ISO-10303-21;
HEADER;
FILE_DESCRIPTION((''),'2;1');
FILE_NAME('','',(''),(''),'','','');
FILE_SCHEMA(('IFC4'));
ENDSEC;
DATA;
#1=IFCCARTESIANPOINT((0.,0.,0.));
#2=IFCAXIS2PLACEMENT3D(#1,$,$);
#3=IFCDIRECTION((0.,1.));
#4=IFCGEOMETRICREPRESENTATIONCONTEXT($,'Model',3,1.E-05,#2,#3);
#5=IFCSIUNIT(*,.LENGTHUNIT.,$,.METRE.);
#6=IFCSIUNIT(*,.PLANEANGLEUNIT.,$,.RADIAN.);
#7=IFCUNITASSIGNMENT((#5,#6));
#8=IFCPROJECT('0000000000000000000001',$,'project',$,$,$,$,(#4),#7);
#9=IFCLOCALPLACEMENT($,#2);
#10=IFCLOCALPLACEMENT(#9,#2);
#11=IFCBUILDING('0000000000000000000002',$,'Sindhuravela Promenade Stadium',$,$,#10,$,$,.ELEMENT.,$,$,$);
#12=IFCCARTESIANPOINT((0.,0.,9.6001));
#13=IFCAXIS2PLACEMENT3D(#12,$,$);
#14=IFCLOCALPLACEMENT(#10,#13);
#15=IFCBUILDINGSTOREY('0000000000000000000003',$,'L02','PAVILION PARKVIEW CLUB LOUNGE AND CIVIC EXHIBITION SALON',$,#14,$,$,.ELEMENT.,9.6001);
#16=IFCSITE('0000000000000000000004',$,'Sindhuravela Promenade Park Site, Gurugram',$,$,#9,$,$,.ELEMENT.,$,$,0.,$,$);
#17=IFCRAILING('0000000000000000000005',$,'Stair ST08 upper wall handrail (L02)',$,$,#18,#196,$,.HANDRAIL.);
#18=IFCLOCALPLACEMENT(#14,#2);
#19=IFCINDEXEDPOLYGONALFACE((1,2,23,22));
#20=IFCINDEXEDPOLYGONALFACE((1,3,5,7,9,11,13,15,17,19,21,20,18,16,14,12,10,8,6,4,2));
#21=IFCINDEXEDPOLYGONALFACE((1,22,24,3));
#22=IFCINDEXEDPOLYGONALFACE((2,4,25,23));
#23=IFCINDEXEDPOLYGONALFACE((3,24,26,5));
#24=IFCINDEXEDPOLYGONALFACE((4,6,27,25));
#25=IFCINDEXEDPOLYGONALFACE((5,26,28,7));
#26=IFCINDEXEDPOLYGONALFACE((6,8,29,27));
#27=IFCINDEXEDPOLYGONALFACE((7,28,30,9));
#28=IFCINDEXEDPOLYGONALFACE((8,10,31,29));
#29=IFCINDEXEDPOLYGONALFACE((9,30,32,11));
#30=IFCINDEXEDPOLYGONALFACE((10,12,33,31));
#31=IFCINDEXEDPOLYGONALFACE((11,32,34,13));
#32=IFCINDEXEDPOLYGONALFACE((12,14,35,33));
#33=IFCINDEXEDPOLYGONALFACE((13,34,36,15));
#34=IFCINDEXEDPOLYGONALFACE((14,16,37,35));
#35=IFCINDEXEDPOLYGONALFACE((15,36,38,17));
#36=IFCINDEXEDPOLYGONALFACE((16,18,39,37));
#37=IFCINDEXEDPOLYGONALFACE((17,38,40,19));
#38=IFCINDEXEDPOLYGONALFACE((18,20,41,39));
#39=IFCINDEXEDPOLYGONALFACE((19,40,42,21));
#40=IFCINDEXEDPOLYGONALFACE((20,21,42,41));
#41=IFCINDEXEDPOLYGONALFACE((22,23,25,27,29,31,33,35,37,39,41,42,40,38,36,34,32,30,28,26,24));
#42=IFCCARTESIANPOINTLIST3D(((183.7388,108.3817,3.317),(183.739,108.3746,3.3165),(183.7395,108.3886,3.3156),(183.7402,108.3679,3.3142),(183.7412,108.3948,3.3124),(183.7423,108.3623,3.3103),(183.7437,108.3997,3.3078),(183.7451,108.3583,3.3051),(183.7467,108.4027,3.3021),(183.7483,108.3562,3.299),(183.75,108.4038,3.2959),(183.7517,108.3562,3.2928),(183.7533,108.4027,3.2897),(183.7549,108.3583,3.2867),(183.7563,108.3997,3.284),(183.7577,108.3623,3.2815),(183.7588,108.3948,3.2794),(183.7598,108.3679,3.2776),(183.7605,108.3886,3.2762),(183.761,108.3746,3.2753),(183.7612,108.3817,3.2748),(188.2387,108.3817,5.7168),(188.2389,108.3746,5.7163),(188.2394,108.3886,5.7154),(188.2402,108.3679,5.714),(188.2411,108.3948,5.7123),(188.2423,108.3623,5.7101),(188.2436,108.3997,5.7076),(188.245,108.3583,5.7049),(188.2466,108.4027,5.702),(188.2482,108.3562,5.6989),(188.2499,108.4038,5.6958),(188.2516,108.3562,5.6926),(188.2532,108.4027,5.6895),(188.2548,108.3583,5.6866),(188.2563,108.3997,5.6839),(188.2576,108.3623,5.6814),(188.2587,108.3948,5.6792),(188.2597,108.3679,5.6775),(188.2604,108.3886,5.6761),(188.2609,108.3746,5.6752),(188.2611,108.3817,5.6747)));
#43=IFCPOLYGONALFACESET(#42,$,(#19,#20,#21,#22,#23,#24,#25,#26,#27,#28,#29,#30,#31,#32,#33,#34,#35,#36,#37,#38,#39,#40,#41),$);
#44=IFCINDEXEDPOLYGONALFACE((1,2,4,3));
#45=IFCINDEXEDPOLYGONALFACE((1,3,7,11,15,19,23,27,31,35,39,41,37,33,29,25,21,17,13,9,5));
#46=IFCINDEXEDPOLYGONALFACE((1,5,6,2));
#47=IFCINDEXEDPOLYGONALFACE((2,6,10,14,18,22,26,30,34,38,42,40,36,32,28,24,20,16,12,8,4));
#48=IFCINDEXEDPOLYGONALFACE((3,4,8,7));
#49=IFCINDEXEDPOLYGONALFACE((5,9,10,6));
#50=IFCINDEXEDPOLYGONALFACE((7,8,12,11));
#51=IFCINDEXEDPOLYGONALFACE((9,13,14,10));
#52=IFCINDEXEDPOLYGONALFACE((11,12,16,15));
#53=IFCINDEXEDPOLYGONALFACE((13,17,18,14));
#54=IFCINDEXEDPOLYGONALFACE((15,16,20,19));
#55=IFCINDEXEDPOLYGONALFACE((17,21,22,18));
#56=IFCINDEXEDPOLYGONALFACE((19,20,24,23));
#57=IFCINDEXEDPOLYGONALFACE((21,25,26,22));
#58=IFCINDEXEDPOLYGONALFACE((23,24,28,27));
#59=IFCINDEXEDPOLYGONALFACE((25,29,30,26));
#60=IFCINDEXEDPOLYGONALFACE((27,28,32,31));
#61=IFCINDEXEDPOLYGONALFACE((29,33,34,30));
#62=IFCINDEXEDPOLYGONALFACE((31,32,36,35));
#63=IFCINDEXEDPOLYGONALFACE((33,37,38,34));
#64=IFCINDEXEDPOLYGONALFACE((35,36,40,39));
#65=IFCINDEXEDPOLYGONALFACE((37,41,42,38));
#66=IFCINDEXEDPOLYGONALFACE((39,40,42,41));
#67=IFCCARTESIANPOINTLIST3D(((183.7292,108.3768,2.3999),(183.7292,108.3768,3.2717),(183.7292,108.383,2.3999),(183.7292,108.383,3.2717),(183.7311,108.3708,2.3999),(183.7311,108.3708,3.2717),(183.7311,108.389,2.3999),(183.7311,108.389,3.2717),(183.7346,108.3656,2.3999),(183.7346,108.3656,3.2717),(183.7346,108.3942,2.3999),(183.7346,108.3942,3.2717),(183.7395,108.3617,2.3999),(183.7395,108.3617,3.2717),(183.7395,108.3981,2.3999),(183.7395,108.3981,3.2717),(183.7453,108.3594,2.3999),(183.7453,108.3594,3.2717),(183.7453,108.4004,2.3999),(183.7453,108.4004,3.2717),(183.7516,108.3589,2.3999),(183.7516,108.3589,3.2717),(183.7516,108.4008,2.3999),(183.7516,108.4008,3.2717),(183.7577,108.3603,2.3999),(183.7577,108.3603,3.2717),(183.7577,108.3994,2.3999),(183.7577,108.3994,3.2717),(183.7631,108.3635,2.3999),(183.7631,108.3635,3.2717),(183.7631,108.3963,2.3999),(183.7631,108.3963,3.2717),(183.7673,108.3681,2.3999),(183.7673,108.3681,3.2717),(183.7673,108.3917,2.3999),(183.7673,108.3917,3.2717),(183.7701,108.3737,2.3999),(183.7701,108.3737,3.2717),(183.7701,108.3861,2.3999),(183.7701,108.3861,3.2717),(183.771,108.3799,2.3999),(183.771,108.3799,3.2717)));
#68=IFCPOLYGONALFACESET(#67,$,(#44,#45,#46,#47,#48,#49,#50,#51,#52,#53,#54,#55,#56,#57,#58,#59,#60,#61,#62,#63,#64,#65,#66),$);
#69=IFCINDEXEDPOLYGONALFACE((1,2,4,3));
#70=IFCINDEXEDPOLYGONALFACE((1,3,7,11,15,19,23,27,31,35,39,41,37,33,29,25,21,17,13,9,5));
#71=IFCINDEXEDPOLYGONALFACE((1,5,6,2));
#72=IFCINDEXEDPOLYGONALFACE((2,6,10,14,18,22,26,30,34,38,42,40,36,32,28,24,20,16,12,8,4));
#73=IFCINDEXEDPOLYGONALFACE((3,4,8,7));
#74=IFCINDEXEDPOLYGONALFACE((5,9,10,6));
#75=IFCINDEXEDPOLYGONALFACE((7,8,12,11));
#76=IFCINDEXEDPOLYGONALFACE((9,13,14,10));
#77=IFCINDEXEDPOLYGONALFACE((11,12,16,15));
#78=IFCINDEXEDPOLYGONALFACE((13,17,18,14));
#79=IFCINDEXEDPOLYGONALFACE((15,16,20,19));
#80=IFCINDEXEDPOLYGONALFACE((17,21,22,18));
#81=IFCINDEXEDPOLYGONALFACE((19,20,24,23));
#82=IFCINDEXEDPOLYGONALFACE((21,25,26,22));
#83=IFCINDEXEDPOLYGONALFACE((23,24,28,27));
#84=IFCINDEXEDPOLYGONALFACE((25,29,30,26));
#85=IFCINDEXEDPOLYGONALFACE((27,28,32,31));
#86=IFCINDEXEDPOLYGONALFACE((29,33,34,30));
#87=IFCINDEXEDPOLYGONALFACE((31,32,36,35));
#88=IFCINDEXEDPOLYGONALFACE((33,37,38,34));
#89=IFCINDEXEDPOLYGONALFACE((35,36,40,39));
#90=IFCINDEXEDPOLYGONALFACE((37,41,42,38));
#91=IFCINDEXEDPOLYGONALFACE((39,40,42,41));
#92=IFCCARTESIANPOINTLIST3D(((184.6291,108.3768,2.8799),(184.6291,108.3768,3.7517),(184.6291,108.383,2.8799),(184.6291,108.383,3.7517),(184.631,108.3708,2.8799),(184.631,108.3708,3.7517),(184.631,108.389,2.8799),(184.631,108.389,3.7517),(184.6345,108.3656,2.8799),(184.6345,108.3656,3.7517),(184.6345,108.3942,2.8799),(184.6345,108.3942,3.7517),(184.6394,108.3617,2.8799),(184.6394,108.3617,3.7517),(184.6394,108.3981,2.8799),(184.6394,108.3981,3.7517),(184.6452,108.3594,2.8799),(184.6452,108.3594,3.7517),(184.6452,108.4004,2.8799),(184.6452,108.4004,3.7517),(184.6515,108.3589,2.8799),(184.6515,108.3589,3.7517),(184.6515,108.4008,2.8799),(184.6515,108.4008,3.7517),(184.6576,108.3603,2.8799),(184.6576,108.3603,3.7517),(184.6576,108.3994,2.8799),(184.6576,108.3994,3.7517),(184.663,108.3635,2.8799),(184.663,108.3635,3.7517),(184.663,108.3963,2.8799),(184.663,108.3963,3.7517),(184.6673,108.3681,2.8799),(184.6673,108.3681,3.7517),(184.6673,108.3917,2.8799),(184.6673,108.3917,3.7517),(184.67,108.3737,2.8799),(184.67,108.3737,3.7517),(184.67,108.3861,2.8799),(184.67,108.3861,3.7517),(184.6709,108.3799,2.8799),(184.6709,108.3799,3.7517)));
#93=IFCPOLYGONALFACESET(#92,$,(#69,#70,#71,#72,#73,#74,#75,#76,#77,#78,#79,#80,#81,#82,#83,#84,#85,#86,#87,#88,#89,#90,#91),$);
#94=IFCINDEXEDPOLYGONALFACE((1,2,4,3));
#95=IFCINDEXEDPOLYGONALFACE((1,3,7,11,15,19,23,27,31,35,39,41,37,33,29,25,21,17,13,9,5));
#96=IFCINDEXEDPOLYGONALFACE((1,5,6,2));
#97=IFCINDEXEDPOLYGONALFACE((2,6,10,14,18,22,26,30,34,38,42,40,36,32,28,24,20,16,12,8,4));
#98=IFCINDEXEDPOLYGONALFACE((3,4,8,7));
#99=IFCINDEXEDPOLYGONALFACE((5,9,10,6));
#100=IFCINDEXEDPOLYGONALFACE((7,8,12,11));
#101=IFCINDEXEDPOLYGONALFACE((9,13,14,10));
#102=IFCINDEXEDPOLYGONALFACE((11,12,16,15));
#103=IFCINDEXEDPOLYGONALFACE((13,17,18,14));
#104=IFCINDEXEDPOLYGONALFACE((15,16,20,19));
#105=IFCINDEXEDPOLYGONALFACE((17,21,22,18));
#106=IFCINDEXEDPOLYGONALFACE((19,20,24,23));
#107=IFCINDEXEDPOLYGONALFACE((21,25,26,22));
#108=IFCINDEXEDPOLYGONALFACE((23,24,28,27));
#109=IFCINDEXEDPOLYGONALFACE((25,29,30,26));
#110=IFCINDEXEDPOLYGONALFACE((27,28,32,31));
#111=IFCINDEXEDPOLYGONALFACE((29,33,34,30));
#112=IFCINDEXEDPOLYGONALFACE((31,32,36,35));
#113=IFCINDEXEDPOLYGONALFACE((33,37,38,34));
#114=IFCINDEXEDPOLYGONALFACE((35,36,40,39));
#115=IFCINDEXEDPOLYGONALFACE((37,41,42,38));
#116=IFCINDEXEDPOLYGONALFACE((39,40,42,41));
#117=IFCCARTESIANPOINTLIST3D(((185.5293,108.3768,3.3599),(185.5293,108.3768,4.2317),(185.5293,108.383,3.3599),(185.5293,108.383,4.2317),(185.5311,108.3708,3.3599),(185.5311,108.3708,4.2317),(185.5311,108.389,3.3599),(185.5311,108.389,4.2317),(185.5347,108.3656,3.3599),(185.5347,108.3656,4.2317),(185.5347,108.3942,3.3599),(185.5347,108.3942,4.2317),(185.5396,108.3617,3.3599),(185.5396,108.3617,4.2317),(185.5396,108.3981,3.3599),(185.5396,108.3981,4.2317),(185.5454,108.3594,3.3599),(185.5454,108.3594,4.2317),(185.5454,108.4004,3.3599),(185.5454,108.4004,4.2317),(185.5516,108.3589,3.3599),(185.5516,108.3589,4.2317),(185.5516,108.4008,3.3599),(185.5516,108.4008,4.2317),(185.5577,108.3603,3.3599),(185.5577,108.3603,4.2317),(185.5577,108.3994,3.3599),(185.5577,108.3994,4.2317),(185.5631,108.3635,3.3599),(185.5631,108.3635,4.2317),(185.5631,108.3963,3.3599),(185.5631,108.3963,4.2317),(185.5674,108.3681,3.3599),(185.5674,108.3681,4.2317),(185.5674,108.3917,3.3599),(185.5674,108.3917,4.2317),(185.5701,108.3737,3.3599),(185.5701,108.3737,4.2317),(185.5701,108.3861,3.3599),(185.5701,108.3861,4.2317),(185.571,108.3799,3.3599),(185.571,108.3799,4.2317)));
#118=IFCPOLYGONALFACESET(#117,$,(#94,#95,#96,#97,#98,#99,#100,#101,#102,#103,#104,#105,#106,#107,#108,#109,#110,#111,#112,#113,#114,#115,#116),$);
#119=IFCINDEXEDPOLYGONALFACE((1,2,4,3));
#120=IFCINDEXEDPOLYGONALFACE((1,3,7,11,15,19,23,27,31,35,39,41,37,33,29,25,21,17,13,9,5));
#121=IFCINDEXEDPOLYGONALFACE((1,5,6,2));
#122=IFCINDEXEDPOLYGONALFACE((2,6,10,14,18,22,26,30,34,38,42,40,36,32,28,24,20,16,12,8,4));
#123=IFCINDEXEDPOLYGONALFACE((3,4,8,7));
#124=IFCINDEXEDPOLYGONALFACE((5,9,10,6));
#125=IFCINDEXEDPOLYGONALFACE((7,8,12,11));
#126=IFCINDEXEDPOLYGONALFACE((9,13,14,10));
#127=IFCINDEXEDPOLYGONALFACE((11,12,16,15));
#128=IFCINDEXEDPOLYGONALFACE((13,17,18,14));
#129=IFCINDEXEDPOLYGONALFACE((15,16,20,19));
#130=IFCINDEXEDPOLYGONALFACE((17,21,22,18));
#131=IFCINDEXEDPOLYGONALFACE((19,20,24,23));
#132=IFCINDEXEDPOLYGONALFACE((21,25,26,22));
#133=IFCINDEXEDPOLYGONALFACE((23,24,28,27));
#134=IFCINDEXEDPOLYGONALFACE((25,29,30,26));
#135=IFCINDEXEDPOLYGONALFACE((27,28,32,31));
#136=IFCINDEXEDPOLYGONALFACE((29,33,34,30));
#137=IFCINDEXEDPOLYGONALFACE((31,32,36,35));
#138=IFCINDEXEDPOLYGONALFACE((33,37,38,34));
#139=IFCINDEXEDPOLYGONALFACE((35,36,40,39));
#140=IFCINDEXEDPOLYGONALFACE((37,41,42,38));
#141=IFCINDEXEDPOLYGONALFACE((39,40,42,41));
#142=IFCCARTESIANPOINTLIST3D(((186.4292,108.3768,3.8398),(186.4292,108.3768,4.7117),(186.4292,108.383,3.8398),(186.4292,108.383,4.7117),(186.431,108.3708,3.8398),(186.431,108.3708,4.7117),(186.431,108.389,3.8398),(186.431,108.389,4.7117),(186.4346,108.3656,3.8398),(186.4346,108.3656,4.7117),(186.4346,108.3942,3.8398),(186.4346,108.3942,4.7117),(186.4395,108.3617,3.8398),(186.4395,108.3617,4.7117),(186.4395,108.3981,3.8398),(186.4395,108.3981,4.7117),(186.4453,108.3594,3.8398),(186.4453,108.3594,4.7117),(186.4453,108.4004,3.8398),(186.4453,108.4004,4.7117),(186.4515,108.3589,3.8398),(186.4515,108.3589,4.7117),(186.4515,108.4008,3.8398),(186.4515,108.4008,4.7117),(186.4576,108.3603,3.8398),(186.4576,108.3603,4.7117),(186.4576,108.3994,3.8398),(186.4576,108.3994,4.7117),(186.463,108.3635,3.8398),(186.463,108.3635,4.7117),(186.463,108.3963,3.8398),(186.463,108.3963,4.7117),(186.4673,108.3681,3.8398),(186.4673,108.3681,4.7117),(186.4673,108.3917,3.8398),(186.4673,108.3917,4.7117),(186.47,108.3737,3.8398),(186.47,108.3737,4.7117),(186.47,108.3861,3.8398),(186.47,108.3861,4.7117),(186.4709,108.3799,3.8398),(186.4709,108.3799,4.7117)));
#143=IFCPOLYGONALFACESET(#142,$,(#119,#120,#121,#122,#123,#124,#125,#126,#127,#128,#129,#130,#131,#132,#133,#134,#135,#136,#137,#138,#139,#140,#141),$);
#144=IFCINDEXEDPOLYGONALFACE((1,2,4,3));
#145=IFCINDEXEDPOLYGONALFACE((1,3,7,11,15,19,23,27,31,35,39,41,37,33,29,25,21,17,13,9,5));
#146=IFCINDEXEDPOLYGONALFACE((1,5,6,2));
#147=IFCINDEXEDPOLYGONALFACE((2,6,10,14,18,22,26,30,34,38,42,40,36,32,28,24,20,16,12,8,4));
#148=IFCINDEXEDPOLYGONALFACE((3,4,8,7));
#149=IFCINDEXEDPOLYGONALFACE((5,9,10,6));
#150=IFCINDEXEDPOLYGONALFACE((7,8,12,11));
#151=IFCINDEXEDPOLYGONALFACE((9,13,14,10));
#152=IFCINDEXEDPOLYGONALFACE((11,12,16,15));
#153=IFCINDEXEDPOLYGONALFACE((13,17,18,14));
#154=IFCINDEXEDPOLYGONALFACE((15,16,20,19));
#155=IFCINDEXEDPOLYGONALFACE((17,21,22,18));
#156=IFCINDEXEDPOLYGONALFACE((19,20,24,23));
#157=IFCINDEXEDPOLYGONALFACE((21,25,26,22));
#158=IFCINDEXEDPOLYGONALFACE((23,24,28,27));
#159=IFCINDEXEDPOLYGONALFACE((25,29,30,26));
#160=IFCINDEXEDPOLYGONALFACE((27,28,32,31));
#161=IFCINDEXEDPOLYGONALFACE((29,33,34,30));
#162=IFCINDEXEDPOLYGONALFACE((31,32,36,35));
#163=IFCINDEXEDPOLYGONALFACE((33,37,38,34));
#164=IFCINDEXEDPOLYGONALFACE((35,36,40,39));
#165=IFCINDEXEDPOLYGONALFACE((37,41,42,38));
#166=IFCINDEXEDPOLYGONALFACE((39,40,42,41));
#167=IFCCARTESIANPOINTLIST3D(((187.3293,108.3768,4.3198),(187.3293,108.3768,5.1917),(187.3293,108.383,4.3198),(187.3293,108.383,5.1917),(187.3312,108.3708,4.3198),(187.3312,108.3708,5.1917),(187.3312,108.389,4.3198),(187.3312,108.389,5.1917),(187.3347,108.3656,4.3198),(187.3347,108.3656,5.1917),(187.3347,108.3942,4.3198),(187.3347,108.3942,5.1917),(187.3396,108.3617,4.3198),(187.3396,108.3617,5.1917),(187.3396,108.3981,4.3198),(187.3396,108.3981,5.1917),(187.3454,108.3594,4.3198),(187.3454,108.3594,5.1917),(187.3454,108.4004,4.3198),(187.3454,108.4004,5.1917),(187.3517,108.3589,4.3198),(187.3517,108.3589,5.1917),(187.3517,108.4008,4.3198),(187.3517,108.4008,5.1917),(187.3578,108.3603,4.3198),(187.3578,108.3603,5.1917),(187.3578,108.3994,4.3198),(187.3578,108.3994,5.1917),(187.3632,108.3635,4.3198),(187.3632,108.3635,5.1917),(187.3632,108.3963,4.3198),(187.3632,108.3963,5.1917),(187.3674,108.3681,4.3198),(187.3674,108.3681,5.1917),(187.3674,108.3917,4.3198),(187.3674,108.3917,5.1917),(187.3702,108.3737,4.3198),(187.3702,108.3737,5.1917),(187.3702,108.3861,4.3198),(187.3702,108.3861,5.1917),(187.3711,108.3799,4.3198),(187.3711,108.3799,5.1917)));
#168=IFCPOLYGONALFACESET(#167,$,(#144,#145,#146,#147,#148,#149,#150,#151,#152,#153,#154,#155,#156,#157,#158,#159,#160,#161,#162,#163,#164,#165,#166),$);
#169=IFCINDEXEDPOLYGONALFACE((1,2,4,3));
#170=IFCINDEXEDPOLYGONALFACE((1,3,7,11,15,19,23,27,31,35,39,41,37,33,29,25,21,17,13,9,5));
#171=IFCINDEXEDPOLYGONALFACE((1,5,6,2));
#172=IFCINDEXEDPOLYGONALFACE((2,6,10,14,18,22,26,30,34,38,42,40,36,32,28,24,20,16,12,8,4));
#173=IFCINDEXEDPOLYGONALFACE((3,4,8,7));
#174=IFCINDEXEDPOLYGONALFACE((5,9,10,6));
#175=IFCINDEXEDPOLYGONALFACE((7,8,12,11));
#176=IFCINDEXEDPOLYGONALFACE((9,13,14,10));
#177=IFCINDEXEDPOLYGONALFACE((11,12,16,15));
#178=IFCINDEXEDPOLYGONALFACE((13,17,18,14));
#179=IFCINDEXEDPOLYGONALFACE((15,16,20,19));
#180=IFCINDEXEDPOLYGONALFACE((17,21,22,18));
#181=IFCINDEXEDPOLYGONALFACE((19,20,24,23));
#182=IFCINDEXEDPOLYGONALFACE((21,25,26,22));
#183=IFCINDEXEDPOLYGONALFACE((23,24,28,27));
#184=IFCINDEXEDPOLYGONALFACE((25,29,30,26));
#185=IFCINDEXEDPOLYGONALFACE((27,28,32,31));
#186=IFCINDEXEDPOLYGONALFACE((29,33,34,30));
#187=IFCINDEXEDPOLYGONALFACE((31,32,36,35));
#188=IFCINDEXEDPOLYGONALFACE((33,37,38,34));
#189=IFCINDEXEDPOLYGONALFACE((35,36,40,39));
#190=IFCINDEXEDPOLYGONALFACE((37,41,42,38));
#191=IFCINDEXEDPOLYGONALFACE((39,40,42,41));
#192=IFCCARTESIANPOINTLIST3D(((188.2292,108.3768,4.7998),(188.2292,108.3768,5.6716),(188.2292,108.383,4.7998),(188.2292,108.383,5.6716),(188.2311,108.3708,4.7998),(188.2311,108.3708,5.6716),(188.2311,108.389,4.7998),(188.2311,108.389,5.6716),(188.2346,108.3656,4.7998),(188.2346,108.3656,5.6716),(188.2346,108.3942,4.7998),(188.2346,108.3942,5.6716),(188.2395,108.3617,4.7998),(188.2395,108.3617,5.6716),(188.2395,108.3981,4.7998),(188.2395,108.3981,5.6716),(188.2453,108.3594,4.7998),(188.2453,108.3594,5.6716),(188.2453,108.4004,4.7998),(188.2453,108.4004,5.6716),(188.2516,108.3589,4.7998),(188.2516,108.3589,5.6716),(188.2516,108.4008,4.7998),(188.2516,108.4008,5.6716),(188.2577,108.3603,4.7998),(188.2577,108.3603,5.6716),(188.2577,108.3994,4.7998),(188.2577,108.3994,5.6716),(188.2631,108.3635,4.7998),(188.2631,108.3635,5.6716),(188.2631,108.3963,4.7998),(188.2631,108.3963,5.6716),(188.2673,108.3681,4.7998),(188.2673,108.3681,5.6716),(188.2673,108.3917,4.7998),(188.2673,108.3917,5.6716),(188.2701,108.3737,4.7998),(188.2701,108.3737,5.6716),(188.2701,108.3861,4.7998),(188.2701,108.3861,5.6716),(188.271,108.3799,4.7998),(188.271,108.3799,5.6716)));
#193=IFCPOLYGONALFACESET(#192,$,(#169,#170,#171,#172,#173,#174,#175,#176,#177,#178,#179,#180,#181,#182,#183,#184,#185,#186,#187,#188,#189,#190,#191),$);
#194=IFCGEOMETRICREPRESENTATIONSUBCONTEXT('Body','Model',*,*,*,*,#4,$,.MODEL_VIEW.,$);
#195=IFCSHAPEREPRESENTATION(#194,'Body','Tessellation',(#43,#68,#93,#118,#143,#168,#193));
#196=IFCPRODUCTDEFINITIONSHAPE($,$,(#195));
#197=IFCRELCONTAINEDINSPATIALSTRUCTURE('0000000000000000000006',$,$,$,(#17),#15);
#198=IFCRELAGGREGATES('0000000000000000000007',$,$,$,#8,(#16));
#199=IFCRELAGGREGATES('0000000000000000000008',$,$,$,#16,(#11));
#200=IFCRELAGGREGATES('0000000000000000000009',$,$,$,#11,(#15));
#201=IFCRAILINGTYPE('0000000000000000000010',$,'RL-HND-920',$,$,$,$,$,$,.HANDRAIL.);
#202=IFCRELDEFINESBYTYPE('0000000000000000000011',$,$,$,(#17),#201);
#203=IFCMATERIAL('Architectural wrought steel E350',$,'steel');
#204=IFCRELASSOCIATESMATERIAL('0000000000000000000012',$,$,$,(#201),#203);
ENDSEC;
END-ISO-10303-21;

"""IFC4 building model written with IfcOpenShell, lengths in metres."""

from ifc_helpers import new_model, si_unit, direction, frame, origin, origin_2d, place, context, subcontext, project, spatial, circle, extrude, material, type_object, element, save


model = new_model("IFC4")

# Units and contexts
model_context = context("Model", 3, precision=1e-05, world=origin(), true_north=direction((0.0, 1.0)))
body_context = subcontext(model_context, "Body", "Model", "MODEL_VIEW")
ifc_project = project(units=[si_unit("LENGTHUNIT", "METRE"), si_unit("PLANEANGLEUNIT", "RADIAN")], contexts=[model_context])

# Site, building, storey
site_placement = place(None, origin())
site = spatial("IfcSite", under=ifc_project, at=site_placement, Name="Sindhuravela Promenade Park Site, Gurugram", CompositionType="ELEMENT", RefElevation=0.0)
building_placement = place(site_placement, origin())
building = spatial("IfcBuilding", under=site, at=building_placement, Name="Sindhuravela Promenade Stadium", CompositionType="ELEMENT")
storey_placement = place(building_placement, frame((0.0, 0.0, 9.6001)))
storey = spatial("IfcBuildingStorey", under=building, at=storey_placement, Name="L02", Description="PAVILION PARKVIEW CLUB LOUNGE AND CIVIC EXHIBITION SALON", CompositionType="ELEMENT", Elevation=9.6001)

# Shared definitions
ifc_material_1 = material(Name="Architectural wrought steel E350", Category="steel")

# Railing
railing_type_1 = type_object("IfcRailingType", Name="RL-HND-920", PredefinedType="HANDRAIL", material=ifc_material_1)
railing_1_placement = place(storey_placement, frame((183.75, 108.3799, 2.3999)))
element("IfcRailing", 1, at=railing_1_placement, inside=storey, type_object=railing_type_1, Name="Stair ST08 upper wall handrail (L02)", PredefinedType="HANDRAIL", context=body_context, shape_type="SweptSolid", body=[
    extrude(circle(Radius=0.0239, at=origin_2d()), frame((0.0, 0.0, 0.896), z_axis=(0.882361, 0.0, 0.470573), x_axis=(0.0, 1.0, 0.0)), (0.0, 0.0, 1.0), 5.0999),
    extrude(circle(Radius=0.021, at=origin_2d()), origin(), (0.0, 0.0, 1.0), 0.8718),
    extrude(circle(Radius=0.021, at=origin_2d()), frame((0.8999, 0.0, 0.48)), (0.0, 0.0, 1.0), 0.8718),
    extrude(circle(Radius=0.021, at=origin_2d()), frame((1.8, 0.0, 0.96)), (0.0, 0.0, 1.0), 0.8718),
    extrude(circle(Radius=0.021, at=origin_2d()), frame((2.7, 0.0, 1.4399)), (0.0, 0.0, 1.0), 0.8718),
    extrude(circle(Radius=0.021, at=origin_2d()), frame((3.6001, 0.0, 1.9199)), (0.0, 0.0, 1.0), 0.8718),
    extrude(circle(Radius=0.021, at=origin_2d()), frame((4.5, 0.0, 2.3999)), (0.0, 0.0, 1.0), 0.8718),
])

save(model, "model.ifc")
